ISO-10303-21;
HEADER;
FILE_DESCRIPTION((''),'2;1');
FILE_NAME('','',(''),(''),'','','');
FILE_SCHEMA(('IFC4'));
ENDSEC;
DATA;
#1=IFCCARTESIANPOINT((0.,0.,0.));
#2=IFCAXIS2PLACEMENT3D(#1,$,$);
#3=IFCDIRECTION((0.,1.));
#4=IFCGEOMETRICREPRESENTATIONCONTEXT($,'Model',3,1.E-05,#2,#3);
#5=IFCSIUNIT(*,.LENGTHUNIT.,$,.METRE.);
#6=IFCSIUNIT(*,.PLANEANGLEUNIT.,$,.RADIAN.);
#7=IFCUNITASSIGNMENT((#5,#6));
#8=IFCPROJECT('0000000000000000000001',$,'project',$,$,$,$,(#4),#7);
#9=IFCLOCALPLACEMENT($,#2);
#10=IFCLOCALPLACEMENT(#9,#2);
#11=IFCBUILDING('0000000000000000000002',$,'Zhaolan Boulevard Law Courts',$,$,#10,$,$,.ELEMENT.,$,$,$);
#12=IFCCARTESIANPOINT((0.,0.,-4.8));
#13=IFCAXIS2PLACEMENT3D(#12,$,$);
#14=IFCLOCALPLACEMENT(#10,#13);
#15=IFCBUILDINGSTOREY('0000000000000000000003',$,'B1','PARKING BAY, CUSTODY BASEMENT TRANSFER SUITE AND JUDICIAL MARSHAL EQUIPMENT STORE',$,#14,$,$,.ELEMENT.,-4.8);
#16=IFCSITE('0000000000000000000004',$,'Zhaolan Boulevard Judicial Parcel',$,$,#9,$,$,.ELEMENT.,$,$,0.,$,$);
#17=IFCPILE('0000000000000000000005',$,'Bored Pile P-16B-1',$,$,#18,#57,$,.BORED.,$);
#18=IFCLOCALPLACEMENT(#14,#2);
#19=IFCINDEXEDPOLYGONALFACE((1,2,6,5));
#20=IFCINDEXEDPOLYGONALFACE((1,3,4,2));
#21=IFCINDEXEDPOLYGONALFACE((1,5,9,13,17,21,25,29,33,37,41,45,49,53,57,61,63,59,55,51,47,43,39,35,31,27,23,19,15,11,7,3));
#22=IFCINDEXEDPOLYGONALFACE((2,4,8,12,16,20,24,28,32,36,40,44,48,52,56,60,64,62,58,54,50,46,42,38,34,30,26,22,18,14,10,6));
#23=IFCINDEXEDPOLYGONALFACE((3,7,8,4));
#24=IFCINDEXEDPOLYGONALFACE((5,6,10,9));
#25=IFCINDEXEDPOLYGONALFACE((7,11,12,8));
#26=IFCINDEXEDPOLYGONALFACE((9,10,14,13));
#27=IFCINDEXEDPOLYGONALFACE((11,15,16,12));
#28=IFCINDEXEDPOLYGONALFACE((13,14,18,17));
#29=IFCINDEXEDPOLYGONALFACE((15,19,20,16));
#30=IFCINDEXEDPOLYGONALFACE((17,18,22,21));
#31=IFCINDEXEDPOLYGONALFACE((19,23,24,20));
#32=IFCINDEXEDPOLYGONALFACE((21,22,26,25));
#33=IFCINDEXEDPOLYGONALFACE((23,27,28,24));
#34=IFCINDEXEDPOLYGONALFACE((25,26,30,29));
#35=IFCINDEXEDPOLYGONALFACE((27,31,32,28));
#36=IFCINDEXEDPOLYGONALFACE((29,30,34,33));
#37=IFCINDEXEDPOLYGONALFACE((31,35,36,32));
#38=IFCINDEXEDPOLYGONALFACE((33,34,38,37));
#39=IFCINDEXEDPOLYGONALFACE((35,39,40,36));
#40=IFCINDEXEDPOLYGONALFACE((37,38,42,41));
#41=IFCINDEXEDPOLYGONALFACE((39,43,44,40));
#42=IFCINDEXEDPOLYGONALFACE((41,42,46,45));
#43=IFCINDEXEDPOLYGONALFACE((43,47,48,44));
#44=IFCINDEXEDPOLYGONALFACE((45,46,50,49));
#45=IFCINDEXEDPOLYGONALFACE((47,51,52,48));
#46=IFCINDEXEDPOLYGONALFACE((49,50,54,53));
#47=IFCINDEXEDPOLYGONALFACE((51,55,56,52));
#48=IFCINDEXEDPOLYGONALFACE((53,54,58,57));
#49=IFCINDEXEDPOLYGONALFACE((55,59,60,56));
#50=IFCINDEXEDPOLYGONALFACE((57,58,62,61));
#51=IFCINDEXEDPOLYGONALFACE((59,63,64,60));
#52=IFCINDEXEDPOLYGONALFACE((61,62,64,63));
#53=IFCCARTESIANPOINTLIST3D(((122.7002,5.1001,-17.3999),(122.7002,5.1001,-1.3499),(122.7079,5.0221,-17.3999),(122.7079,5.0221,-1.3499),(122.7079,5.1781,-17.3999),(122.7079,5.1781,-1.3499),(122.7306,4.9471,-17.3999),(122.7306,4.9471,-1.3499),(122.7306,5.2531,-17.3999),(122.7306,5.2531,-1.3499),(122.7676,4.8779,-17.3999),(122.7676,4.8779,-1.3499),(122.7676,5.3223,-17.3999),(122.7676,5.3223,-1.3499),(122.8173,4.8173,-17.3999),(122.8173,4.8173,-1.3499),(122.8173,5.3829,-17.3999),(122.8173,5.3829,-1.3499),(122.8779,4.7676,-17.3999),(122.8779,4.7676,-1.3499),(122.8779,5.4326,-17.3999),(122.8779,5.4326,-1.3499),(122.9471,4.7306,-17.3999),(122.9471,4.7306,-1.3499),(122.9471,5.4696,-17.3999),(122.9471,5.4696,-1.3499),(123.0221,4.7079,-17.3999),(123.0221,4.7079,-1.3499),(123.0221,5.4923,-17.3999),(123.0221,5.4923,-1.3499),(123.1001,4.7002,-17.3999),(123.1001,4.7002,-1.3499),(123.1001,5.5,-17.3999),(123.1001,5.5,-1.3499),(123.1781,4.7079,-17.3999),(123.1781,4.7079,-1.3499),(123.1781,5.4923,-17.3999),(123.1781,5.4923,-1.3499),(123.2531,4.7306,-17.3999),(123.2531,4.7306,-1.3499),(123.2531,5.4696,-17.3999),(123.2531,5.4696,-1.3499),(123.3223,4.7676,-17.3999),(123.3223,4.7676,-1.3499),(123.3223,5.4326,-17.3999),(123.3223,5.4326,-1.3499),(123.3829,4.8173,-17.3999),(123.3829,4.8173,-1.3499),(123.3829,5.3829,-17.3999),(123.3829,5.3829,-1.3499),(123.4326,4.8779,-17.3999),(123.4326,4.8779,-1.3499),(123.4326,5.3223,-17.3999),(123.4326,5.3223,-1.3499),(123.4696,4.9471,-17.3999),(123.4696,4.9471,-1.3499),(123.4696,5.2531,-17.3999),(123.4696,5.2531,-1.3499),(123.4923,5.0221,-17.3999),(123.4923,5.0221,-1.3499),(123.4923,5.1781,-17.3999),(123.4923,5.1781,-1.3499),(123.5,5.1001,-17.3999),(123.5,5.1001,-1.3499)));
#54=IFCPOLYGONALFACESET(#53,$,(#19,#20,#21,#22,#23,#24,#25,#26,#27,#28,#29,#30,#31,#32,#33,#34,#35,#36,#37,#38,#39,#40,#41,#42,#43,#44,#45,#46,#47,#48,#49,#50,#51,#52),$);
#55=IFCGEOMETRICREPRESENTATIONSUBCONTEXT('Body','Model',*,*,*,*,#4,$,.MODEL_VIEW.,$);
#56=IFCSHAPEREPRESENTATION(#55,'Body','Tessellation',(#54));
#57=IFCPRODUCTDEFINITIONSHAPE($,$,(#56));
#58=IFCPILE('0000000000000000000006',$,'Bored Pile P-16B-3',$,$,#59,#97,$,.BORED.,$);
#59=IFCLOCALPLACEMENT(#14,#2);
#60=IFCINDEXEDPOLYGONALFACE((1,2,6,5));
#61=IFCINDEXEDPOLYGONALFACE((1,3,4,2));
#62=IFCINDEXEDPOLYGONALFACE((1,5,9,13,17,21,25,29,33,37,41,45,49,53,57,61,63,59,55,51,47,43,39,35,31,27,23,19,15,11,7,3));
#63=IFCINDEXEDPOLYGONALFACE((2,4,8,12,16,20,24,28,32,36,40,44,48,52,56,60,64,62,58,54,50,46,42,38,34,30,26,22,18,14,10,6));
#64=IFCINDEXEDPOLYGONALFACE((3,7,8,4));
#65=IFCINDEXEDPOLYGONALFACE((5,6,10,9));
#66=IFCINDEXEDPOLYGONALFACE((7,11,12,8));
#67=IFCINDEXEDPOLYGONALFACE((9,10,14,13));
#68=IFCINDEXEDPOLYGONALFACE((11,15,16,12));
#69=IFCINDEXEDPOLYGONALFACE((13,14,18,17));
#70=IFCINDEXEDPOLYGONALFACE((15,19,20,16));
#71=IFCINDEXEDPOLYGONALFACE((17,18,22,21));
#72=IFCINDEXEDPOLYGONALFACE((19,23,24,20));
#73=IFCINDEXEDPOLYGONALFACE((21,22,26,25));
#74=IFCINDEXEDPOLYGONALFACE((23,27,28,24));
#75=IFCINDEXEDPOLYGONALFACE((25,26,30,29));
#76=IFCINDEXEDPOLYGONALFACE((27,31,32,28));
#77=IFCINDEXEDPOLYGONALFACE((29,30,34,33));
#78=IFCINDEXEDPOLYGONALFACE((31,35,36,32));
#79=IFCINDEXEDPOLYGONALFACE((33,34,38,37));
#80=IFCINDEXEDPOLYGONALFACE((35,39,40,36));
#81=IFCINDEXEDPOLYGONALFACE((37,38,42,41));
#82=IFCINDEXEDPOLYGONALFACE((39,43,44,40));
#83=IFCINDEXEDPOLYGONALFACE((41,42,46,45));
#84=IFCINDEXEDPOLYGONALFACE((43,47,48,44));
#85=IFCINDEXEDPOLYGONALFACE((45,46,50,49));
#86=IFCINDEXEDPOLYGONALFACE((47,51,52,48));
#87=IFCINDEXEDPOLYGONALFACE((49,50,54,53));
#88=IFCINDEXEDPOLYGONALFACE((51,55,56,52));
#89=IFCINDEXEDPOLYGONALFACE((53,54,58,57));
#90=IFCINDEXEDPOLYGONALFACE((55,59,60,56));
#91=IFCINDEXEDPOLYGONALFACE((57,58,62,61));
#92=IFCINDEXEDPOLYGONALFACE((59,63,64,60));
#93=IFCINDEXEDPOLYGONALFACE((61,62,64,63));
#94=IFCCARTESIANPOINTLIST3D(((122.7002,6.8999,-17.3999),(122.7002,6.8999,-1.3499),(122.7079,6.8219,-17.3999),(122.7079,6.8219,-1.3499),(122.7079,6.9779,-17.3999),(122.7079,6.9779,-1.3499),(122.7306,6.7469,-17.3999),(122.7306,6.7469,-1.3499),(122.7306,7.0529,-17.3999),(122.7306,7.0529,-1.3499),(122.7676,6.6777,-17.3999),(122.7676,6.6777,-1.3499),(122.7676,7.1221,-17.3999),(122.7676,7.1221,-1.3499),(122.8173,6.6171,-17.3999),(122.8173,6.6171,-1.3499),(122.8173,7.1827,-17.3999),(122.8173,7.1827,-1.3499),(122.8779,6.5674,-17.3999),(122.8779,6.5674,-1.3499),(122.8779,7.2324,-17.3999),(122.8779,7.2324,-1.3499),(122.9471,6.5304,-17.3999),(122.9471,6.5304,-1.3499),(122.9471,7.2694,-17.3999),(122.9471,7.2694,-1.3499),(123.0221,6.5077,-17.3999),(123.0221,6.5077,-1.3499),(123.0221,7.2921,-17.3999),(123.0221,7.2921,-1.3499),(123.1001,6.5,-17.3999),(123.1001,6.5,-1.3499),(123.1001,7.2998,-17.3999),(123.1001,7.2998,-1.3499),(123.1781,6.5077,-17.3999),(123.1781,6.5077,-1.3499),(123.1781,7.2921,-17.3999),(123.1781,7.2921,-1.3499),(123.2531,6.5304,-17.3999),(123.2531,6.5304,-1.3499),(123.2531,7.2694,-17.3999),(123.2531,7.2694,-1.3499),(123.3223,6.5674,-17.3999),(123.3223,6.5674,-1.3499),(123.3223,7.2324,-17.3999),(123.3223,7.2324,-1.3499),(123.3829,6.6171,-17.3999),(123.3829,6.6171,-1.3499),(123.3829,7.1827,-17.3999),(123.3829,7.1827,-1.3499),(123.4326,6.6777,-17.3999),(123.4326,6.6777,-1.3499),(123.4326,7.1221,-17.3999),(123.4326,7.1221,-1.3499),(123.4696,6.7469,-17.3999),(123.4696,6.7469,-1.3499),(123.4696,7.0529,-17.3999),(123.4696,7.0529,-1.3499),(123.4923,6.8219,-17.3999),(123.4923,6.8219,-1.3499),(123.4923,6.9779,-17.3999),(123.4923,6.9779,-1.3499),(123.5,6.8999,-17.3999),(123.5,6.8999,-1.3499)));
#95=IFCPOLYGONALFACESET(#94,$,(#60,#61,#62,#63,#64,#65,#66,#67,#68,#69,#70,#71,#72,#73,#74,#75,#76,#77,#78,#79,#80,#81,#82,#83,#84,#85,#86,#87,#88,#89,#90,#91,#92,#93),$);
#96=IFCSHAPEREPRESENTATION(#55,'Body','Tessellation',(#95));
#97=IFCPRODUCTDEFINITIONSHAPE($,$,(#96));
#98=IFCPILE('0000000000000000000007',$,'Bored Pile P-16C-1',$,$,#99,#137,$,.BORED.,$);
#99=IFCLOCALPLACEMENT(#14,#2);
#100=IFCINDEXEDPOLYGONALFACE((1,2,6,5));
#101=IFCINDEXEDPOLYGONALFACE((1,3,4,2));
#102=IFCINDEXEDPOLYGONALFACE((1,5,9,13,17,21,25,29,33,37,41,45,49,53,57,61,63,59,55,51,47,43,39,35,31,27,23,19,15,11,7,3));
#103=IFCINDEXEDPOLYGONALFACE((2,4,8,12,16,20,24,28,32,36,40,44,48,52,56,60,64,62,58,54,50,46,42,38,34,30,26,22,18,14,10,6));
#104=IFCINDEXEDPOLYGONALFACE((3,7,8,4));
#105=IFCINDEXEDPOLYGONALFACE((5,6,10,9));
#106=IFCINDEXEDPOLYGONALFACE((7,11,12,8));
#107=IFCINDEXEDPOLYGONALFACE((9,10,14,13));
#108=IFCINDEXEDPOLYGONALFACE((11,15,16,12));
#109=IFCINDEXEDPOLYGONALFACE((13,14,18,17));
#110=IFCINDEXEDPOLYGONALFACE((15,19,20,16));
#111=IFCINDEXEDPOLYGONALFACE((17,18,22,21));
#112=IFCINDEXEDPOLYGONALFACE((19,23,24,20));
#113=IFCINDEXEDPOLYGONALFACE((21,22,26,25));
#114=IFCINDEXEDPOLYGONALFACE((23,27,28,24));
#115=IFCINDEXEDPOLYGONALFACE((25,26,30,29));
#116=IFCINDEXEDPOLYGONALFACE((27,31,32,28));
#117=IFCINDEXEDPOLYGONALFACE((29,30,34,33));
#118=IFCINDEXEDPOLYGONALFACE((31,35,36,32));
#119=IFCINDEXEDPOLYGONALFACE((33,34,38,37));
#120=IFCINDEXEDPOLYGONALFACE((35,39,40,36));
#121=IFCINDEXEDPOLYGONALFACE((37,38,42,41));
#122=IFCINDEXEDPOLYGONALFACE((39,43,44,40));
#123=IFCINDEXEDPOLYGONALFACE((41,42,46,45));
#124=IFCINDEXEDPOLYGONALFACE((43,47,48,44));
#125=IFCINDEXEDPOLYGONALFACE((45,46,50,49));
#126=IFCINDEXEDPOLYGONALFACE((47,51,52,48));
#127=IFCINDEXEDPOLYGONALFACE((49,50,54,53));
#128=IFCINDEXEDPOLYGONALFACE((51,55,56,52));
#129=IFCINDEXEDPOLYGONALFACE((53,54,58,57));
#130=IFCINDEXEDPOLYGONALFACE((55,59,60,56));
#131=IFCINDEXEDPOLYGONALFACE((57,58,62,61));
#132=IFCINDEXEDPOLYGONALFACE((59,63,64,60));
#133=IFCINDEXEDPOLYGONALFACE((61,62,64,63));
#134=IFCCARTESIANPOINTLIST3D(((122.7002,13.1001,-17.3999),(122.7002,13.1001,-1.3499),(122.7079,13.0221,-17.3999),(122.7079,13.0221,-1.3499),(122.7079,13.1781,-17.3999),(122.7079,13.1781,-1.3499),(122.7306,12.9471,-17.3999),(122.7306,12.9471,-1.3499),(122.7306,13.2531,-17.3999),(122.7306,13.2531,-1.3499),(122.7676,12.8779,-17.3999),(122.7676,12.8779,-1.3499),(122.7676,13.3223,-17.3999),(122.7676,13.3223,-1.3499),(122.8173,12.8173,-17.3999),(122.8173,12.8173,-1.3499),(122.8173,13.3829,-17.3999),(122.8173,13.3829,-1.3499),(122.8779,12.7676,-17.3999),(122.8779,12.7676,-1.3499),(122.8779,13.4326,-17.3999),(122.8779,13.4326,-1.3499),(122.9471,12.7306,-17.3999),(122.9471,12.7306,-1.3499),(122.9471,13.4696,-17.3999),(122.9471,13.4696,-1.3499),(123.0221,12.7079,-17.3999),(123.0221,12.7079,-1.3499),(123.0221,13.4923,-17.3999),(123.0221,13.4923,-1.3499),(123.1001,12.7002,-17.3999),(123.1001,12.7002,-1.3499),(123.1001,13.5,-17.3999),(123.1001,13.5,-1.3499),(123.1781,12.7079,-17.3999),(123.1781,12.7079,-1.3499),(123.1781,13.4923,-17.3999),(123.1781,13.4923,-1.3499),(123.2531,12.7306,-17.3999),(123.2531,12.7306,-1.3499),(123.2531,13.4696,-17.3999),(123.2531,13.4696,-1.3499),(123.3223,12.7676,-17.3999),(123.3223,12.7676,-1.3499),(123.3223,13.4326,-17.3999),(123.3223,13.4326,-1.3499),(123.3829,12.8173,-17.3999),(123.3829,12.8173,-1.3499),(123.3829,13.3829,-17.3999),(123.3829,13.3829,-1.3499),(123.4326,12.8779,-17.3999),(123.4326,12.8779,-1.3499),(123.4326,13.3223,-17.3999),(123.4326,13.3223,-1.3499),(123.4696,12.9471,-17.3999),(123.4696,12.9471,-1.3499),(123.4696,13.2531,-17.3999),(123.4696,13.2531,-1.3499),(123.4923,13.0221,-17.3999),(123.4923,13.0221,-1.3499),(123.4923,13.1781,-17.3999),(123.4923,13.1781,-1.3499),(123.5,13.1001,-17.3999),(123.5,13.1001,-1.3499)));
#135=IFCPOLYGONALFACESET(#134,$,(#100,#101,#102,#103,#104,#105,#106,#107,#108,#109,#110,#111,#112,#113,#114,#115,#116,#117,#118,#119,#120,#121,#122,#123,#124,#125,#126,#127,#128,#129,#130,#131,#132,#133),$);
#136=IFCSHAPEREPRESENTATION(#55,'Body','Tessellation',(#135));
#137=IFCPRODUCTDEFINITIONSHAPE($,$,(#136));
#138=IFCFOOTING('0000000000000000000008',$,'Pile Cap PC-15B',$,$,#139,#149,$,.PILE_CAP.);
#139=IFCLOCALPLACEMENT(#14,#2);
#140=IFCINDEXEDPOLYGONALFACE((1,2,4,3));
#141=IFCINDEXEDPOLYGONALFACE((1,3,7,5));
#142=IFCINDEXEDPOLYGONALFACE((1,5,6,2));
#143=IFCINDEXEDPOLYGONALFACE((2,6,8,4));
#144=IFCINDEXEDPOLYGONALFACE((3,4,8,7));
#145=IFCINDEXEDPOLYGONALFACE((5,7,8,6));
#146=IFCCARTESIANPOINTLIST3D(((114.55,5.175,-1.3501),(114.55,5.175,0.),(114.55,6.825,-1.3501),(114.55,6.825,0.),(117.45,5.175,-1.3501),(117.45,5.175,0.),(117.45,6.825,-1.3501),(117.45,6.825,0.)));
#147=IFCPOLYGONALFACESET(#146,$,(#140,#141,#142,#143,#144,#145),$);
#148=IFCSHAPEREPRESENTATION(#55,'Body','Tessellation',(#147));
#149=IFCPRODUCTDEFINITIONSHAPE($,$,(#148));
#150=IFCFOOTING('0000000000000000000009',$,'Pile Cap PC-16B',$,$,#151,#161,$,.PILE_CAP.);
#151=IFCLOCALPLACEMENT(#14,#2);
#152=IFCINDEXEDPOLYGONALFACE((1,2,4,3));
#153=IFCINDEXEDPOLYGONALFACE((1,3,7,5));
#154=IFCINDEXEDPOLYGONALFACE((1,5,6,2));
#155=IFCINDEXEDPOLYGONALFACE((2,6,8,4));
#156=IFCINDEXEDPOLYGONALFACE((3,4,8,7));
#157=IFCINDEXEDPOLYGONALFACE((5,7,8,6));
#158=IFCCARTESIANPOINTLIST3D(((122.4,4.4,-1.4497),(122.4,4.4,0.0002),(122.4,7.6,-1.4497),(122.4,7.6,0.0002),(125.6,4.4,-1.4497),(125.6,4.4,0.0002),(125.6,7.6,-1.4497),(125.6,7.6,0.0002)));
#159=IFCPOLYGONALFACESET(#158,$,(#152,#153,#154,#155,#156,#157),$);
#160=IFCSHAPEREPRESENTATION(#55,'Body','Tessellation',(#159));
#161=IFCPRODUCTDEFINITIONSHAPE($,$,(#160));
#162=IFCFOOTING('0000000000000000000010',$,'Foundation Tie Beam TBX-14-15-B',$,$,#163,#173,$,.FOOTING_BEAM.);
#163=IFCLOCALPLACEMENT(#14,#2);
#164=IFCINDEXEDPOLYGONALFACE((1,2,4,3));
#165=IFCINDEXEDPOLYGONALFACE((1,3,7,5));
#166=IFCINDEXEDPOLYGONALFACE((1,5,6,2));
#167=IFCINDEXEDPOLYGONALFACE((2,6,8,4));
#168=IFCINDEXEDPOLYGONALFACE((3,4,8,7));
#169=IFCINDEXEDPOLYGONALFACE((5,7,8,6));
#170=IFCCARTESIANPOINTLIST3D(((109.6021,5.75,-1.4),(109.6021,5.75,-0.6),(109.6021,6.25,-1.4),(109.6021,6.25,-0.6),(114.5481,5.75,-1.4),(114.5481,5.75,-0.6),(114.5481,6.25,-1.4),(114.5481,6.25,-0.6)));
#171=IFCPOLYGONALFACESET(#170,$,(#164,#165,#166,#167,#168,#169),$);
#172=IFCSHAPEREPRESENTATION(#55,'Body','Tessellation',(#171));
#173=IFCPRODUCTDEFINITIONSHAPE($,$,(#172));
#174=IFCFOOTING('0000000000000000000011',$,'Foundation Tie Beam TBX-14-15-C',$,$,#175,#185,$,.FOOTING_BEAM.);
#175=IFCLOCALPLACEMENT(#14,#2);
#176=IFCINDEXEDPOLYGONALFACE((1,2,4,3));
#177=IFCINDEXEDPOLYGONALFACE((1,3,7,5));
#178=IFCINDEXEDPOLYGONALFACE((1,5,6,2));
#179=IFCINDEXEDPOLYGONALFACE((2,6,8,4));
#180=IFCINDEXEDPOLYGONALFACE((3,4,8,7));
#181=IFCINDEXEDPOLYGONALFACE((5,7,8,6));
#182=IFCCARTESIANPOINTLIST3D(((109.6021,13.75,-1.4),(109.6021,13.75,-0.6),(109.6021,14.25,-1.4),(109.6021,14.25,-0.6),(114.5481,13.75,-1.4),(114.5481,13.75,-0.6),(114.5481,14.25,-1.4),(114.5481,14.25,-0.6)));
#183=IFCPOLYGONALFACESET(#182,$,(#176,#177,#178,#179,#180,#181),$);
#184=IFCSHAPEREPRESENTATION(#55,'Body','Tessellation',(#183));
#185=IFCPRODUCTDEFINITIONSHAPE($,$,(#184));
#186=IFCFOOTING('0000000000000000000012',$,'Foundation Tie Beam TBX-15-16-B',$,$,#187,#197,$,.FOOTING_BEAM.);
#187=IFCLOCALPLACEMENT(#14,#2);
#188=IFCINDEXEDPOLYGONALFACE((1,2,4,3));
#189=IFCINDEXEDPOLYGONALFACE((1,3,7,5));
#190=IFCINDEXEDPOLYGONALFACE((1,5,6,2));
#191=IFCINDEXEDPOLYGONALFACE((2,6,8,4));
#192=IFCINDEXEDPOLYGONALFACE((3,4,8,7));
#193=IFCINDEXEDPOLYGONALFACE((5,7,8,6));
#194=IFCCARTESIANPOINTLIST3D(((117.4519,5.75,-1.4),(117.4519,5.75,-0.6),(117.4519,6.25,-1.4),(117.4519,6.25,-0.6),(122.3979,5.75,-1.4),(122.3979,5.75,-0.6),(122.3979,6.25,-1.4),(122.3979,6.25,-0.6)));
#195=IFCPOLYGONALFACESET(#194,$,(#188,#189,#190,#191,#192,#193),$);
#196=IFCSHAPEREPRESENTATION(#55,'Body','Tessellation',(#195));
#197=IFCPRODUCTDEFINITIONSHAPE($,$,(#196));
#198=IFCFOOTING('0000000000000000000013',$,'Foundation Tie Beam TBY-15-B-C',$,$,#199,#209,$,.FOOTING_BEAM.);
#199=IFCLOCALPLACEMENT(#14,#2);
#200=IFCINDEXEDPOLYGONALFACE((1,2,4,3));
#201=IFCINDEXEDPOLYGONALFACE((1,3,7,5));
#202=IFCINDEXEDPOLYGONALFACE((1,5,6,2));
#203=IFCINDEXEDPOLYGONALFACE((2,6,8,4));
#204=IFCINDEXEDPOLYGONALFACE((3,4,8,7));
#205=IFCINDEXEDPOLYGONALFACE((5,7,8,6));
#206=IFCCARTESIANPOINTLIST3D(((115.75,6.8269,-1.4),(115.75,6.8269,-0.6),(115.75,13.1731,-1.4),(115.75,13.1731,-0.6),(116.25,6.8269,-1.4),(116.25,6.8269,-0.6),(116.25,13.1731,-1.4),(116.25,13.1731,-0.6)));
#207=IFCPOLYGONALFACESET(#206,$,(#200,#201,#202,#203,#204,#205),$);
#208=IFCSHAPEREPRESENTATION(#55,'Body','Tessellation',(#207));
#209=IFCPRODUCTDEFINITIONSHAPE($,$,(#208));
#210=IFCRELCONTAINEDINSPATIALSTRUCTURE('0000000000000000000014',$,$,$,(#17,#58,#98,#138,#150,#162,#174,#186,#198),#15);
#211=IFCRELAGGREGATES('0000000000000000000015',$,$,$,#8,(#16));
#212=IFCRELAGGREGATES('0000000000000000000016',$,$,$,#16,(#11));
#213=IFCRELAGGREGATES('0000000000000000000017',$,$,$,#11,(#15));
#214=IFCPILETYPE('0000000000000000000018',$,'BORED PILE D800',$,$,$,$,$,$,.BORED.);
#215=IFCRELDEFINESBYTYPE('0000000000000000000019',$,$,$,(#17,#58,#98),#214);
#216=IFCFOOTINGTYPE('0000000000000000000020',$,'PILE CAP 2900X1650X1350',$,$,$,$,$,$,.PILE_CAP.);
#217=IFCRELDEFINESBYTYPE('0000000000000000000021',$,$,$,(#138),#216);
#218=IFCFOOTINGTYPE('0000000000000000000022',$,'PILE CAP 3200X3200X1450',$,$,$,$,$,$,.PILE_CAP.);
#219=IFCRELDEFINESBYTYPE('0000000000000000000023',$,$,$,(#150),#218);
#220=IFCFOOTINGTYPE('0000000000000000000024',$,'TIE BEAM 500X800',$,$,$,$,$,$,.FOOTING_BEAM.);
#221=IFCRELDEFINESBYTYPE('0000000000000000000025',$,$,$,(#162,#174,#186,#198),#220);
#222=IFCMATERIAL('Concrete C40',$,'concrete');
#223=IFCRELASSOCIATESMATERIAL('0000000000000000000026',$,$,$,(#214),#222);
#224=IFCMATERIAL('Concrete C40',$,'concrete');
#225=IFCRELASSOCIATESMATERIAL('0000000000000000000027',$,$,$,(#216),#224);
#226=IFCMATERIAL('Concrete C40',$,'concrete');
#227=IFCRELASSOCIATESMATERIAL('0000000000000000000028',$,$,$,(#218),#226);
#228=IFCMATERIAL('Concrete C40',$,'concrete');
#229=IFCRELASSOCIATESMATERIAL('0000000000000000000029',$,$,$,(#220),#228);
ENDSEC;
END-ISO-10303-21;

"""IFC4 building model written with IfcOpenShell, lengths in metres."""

from ifc_helpers import new_model, si_unit, direction, frame, origin, origin_2d, place, context, subcontext, project, spatial, rectangle, circle, extrude, material, material_profile, profile_set, type_object, element, save


model = new_model("IFC4")

# Units and contexts
model_context = context("Model", 3, precision=1e-05, world=origin(), true_north=direction((0.0, 1.0)))
body_context = subcontext(model_context, "Body", "Model", "MODEL_VIEW")
ifc_project = project(units=[si_unit("LENGTHUNIT", "METRE"), si_unit("PLANEANGLEUNIT", "RADIAN")], contexts=[model_context])

# Site, building, storey
site_placement = place(None, origin())
site = spatial("IfcSite", under=ifc_project, at=site_placement, Name="Zhaolan Boulevard Judicial Parcel", CompositionType="ELEMENT", RefElevation=0.0)
building_placement = place(site_placement, origin())
building = spatial("IfcBuilding", under=site, at=building_placement, Name="Zhaolan Boulevard Law Courts", CompositionType="ELEMENT")
storey_placement = place(building_placement, frame((0.0, 0.0, -4.8)))
storey = spatial("IfcBuildingStorey", under=building, at=storey_placement, Name="B1", Description="PARKING BAY, CUSTODY BASEMENT TRANSFER SUITE AND JUDICIAL MARSHAL EQUIPMENT STORE", CompositionType="ELEMENT", Elevation=-4.8)

# Piles
ifc_material_1 = material(Name="Concrete C40", Category="concrete")
ifc_material_profile_1 = material_profile(ifc_material_1, circle(Radius=0.3999, at=origin_2d()), Name="PILE-D800")
ifc_profile_set_1 = profile_set([ifc_material_profile_1], Name="Concrete C40")
pile_type_1 = type_object("IfcPileType", Name="BORED PILE D800", PredefinedType="BORED", material=ifc_profile_set_1)
for number, where, z_axis, x_axis, name in (
    (1, (123.1001, 5.1001, -1.3499), (0.0, 0.0, -1.0), (1.0, 0.0, 0.0), "Bored Pile P-16B-1"),
    (2, (123.1001, 6.8999, -1.3499), (0.0, 0.0, -1.0), (1.0, 0.0, 0.0), "Bored Pile P-16B-3"),
    (3, (123.1001, 13.1001, -1.3499), (0.0, 0.0, -1.0), (1.0, 0.0, 0.0), "Bored Pile P-16C-1"),
):
    element("IfcPile", number, at=place(storey_placement, frame(where, z_axis=z_axis, x_axis=x_axis)), inside=storey, type_object=pile_type_1, Name=name, PredefinedType="BORED", context=body_context, shape_type="SweptSolid", body=[
        extrude(circle(Radius=0.3999, at=origin_2d()), origin(), (0.0, 0.0, 1.0), 16.05),
    ])

# Footings
ifc_material_2 = material(Name="Concrete C40", Category="concrete")
footing_type_1 = type_object("IfcFootingType", Name="PILE CAP 2900X1650X1350", PredefinedType="PILE_CAP", material=ifc_material_2)
footing_1_placement = place(storey_placement, frame((116.0, 6.0, -1.3501), z_axis=(0.0, 0.0, 1.0), x_axis=(1.0, 0.0, 0.0)))
element("IfcFooting", 4, at=footing_1_placement, inside=storey, type_object=footing_type_1, Name="Pile Cap PC-15B", PredefinedType="PILE_CAP", context=body_context, shape_type="SweptSolid", body=[
    extrude(rectangle(XDim=2.8999, YDim=1.6499, at=origin_2d()), origin(), (0.0, 0.0, 1.0), 1.3501),
])
ifc_material_3 = material(Name="Concrete C40", Category="concrete")
footing_type_2 = type_object("IfcFootingType", Name="PILE CAP 3200X3200X1450", PredefinedType="PILE_CAP", material=ifc_material_3)
footing_2_placement = place(storey_placement, frame((124.0, 6.0, -1.4497), z_axis=(0.0, 0.0, 1.0), x_axis=(1.0, 0.0, 0.0)))
element("IfcFooting", 5, at=footing_2_placement, inside=storey, type_object=footing_type_2, Name="Pile Cap PC-16B", PredefinedType="PILE_CAP", context=body_context, shape_type="SweptSolid", body=[
    extrude(rectangle(XDim=3.2, YDim=3.2, at=origin_2d()), origin(), (0.0, 0.0, 1.0), 1.45),
])
ifc_material_4 = material(Name="Concrete C40", Category="concrete")
ifc_material_profile_2 = material_profile(ifc_material_4, rectangle(XDim=0.5, YDim=0.8, at=origin_2d()), Name="RC500x800")
ifc_profile_set_2 = profile_set([ifc_material_profile_2], Name="Concrete C40")
footing_type_3 = type_object("IfcFootingType", Name="TIE BEAM 500X800", PredefinedType="FOOTING_BEAM", material=ifc_profile_set_2)
for number, where, z_axis, x_axis, name in (
    (6, (109.6021, 6.0, -1.0), (1.0, 0.0, 0.0), (0.0, 1.0, 0.0), "Foundation Tie Beam TBX-14-15-B"),
    (7, (109.6021, 14.0, -1.0), (1.0, 0.0, 0.0), (0.0, 1.0, 0.0), "Foundation Tie Beam TBX-14-15-C"),
    (8, (117.4519, 6.0, -1.0), (1.0, 0.0, 0.0), (0.0, 1.0, 0.0), "Foundation Tie Beam TBX-15-16-B"),
):
    element("IfcFooting", number, at=place(storey_placement, frame(where, z_axis=z_axis, x_axis=x_axis)), inside=storey, type_object=footing_type_3, Name=name, PredefinedType="FOOTING_BEAM", context=body_context, shape_type="SweptSolid", body=[
        extrude(rectangle(XDim=0.5, YDim=0.8, at=origin_2d()), origin(), (0.0, 0.0, 1.0), 4.946),
    ])
footing_3_placement = place(storey_placement, frame((116.0, 6.8269, -1.0), z_axis=(0.0, 1.0, 0.0), x_axis=(-1.0, 0.0, 0.0)))
element("IfcFooting", 9, at=footing_3_placement, inside=storey, type_object=footing_type_3, Name="Foundation Tie Beam TBY-15-B-C", PredefinedType="FOOTING_BEAM", context=body_context, shape_type="SweptSolid", body=[
    extrude(rectangle(XDim=0.5, YDim=0.8, at=origin_2d()), origin(), (0.0, 0.0, 1.0), 6.3462),
])

save(model, "model.ifc")
